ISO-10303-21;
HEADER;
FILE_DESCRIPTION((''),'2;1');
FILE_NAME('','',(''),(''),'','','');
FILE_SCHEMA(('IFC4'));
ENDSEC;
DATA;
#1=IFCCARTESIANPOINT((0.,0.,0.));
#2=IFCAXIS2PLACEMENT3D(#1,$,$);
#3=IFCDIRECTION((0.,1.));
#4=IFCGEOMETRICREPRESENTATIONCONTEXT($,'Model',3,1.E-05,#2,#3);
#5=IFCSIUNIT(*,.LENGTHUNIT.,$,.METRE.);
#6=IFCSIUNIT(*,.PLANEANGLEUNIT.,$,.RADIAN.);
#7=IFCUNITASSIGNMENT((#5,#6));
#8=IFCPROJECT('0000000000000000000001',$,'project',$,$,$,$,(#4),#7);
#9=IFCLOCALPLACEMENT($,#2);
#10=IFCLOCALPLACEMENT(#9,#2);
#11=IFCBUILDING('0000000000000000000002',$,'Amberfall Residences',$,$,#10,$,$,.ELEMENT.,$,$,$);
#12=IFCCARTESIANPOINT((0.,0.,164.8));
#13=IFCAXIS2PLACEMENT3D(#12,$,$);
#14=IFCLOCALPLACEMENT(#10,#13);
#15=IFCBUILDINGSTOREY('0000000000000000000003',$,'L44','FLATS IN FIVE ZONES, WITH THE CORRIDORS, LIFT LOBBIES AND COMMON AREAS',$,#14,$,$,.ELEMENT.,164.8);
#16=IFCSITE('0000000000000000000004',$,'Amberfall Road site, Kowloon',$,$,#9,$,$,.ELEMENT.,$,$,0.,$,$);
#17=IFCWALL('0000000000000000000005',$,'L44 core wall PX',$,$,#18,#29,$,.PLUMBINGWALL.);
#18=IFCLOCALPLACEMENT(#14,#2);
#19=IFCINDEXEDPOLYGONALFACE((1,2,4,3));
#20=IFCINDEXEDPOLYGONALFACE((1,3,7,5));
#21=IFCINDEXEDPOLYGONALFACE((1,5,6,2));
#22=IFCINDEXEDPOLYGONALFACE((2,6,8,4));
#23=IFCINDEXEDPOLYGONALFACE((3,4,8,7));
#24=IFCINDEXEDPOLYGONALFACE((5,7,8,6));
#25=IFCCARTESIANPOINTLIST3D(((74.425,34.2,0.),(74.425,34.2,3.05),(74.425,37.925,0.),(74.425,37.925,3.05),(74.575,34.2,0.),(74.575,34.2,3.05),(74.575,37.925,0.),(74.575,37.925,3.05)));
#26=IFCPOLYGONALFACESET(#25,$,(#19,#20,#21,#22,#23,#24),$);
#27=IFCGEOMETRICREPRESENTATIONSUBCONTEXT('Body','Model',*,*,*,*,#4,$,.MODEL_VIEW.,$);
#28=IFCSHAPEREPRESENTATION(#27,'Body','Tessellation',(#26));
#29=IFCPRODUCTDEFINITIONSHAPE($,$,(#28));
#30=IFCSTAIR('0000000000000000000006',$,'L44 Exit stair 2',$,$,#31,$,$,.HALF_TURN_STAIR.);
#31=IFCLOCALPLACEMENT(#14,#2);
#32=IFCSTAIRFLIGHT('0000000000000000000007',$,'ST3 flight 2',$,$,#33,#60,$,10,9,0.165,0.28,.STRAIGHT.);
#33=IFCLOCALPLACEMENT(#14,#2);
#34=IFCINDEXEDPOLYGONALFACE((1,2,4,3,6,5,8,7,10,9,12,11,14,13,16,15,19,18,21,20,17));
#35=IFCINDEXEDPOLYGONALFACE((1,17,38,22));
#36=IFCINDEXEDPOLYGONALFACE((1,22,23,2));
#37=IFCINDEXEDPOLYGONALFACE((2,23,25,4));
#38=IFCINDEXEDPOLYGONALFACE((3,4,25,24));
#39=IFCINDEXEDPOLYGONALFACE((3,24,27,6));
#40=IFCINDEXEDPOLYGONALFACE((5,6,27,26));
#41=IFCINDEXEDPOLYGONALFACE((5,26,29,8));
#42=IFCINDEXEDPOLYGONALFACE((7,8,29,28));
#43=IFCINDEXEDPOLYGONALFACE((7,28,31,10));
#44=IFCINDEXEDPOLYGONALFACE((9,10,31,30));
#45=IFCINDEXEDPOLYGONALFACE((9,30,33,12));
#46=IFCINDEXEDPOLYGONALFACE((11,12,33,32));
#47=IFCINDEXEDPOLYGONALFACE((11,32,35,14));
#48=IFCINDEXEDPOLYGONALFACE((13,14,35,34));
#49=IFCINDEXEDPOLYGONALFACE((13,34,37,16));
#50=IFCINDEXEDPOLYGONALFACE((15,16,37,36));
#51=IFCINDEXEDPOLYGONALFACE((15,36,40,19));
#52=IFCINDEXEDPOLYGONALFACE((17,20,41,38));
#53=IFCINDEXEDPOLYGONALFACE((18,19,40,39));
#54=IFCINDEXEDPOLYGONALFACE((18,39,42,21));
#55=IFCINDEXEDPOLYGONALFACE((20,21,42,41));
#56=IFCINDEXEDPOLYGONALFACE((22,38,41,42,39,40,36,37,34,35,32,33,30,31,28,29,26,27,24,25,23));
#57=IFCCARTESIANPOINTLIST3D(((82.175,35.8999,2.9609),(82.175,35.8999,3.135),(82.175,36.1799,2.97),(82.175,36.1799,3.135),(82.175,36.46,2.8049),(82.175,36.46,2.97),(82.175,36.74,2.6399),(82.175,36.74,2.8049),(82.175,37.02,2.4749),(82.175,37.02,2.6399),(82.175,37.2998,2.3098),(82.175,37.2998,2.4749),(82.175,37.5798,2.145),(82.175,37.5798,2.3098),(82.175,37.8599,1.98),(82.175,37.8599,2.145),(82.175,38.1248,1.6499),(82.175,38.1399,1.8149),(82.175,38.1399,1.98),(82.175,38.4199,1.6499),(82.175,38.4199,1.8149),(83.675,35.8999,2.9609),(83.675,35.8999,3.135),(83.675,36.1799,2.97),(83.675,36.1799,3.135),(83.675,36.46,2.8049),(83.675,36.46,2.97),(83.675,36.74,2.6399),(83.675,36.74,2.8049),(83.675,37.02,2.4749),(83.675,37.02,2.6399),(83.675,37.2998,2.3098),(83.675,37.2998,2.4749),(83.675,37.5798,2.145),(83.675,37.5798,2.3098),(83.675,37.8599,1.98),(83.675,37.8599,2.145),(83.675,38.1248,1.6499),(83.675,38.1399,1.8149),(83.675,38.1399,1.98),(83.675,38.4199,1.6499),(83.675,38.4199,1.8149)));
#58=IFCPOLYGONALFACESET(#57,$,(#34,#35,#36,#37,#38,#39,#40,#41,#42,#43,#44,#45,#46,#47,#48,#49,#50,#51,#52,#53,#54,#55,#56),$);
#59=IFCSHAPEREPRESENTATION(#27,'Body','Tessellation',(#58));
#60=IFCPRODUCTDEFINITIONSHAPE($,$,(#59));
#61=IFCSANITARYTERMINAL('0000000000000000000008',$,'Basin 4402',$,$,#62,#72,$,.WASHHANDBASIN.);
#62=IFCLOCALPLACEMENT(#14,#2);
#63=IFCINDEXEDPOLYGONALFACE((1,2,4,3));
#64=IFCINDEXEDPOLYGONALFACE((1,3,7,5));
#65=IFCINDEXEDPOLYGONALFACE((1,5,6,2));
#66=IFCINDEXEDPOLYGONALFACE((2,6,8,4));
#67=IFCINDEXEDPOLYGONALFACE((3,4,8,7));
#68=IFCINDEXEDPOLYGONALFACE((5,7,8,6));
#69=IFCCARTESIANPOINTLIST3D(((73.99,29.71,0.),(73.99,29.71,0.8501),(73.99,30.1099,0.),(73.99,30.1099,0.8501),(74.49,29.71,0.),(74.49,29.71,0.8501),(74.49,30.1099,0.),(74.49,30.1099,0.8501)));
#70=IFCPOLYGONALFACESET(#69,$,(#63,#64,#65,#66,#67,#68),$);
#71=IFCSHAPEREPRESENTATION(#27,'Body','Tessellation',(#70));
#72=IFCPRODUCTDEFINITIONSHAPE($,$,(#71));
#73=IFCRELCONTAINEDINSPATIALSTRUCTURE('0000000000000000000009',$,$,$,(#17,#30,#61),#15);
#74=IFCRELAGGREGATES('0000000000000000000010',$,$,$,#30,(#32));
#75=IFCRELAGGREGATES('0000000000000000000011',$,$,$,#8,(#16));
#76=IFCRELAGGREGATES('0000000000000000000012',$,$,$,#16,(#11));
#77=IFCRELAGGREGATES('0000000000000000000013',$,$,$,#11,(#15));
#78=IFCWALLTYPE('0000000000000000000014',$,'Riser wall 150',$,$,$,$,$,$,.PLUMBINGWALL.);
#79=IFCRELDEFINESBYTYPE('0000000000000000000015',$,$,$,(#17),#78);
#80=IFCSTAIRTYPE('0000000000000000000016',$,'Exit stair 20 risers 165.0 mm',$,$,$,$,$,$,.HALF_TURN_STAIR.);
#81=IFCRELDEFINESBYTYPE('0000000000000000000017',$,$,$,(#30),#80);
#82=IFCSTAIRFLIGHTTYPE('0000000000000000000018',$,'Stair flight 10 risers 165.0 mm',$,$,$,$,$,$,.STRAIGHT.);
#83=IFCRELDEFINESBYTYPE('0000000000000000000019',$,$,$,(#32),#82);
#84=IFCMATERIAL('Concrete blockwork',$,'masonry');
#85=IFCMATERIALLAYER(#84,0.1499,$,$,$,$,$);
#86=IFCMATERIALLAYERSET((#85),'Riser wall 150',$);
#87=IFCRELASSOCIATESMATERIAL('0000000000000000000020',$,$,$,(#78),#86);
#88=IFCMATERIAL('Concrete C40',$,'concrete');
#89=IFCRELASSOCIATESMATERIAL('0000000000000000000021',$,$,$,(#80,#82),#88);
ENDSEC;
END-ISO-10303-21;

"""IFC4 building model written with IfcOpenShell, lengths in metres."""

from ifc_helpers import new_model, si_unit, direction, frame, frame_2d, origin, origin_2d, place, context, subcontext, project, spatial, polyline, rectangle, outline, extrude, material, layer, layer_set, type_object, element, aggregate, save


model = new_model("IFC4")

# Units and contexts
model_context = context("Model", 3, precision=1e-05, world=origin(), true_north=direction((0.0, 1.0)))
body_context = subcontext(model_context, "Body", "Model", "MODEL_VIEW")
ifc_project = project(units=[si_unit("LENGTHUNIT", "METRE"), si_unit("PLANEANGLEUNIT", "RADIAN")], contexts=[model_context])

# Site, building, storey
site_placement = place(None, origin())
site = spatial("IfcSite", under=ifc_project, at=site_placement, Name="Amberfall Road site, Kowloon", CompositionType="ELEMENT", RefElevation=0.0)
building_placement = place(site_placement, origin())
building = spatial("IfcBuilding", under=site, at=building_placement, Name="Amberfall Residences", CompositionType="ELEMENT")
storey_placement = place(building_placement, frame((0.0, 0.0, 164.8)))
storey = spatial("IfcBuildingStorey", under=building, at=storey_placement, Name="L44", Description="FLATS IN FIVE ZONES, WITH THE CORRIDORS, LIFT LOBBIES AND COMMON AREAS", CompositionType="ELEMENT", Elevation=164.8)

# Wall
ifc_material_1 = material(Name="Concrete blockwork", Category="masonry")
ifc_layer_1 = layer(ifc_material_1, 0.1499)
ifc_layer_set_1 = layer_set([ifc_layer_1], Name="Riser wall 150")
wall_type_1 = type_object("IfcWallType", Name="Riser wall 150", PredefinedType="PLUMBINGWALL", material=ifc_layer_set_1)
wall_1_placement = place(storey_placement, frame((74.5, 34.2, 0.0), z_axis=(0.0, 0.0, 1.0), x_axis=(0.0, 1.0, 0.0)))
element("IfcWall", 1, at=wall_1_placement, inside=storey, type_object=wall_type_1, Name="L44 core wall PX", PredefinedType="PLUMBINGWALL", context=body_context, shape_type="SweptSolid", body=[
    extrude(rectangle(XDim=3.7251, YDim=0.1499, at=frame_2d((1.8625, 0.0))), origin(), (0.0, 0.0, 1.0), 3.05),
])

# Stair, stair flight
ifc_material_2 = material(Name="Concrete C40", Category="concrete")
stair_type = type_object("IfcStairType", Name="Exit stair 20 risers 165.0 mm", PredefinedType="HALF_TURN_STAIR", material=ifc_material_2)
stair_placement = place(storey_placement, origin())
stair = element("IfcStair", 2, at=stair_placement, inside=storey, type_object=stair_type, Name="L44 Exit stair 2", PredefinedType="HALF_TURN_STAIR")
stair_flight_type = type_object("IfcStairFlightType", Name="Stair flight 10 risers 165.0 mm", PredefinedType="STRAIGHT", material=ifc_material_2)
stair_flight_placement = place(storey_placement, frame((82.925, 38.4199, 1.6499), z_axis=(0.0, 0.0, 1.0), x_axis=(0.0, -1.0, 0.0)))
stair_flight = element("IfcStairFlight", 3, at=stair_flight_placement, type_object=stair_flight_type, Name="ST3 flight 2", NumberOfRisers=10, NumberOfTreads=9, PredefinedType="STRAIGHT", RiserHeight=0.165, TreadLength=0.28, context=body_context, shape_type="SweptSolid", body=[
    extrude(outline(polyline([(0.0, 0.0), (0.0, 0.165), (0.28, 0.165), (0.28, 0.3301), (0.5601, 0.3301), (0.5601, 0.4951), (0.8401, 0.4951), (0.8401, 0.6599), (1.1201, 0.6599), (1.1201, 0.825), (1.3999, 0.825), (1.3999, 0.99), (1.6799, 0.99), (1.6799, 1.155), (1.96, 1.155), (1.96, 1.3201), (2.24, 1.3201), (2.24, 1.4851), (2.52, 1.4851), (2.52, 1.6499), (2.52, 1.311), (0.2952, 0.0), (0.0, 0.0)])), frame((0.0, 0.75, 0.0), z_axis=(0.0, -1.0, 0.0), x_axis=(1.0, 0.0, 0.0)), (0.0, 0.0, 1.0), 1.5),
])
aggregate(stair, [stair_flight])

# Sanitary terminal
sanitary_terminal_placement = place(storey_placement, frame((74.24, 29.9099, 0.0), z_axis=(0.0, 0.0, 1.0), x_axis=(1.0, 0.0, 0.0)))
element("IfcSanitaryTerminal", 4, at=sanitary_terminal_placement, inside=storey, Name="Basin 4402", PredefinedType="WASHHANDBASIN", context=body_context, shape_type="SweptSolid", body=[
    extrude(rectangle(XDim=0.5, YDim=0.3999, at=origin_2d()), origin(), (0.0, 0.0, 1.0), 0.8501),
])

save(model, "model.ifc")
